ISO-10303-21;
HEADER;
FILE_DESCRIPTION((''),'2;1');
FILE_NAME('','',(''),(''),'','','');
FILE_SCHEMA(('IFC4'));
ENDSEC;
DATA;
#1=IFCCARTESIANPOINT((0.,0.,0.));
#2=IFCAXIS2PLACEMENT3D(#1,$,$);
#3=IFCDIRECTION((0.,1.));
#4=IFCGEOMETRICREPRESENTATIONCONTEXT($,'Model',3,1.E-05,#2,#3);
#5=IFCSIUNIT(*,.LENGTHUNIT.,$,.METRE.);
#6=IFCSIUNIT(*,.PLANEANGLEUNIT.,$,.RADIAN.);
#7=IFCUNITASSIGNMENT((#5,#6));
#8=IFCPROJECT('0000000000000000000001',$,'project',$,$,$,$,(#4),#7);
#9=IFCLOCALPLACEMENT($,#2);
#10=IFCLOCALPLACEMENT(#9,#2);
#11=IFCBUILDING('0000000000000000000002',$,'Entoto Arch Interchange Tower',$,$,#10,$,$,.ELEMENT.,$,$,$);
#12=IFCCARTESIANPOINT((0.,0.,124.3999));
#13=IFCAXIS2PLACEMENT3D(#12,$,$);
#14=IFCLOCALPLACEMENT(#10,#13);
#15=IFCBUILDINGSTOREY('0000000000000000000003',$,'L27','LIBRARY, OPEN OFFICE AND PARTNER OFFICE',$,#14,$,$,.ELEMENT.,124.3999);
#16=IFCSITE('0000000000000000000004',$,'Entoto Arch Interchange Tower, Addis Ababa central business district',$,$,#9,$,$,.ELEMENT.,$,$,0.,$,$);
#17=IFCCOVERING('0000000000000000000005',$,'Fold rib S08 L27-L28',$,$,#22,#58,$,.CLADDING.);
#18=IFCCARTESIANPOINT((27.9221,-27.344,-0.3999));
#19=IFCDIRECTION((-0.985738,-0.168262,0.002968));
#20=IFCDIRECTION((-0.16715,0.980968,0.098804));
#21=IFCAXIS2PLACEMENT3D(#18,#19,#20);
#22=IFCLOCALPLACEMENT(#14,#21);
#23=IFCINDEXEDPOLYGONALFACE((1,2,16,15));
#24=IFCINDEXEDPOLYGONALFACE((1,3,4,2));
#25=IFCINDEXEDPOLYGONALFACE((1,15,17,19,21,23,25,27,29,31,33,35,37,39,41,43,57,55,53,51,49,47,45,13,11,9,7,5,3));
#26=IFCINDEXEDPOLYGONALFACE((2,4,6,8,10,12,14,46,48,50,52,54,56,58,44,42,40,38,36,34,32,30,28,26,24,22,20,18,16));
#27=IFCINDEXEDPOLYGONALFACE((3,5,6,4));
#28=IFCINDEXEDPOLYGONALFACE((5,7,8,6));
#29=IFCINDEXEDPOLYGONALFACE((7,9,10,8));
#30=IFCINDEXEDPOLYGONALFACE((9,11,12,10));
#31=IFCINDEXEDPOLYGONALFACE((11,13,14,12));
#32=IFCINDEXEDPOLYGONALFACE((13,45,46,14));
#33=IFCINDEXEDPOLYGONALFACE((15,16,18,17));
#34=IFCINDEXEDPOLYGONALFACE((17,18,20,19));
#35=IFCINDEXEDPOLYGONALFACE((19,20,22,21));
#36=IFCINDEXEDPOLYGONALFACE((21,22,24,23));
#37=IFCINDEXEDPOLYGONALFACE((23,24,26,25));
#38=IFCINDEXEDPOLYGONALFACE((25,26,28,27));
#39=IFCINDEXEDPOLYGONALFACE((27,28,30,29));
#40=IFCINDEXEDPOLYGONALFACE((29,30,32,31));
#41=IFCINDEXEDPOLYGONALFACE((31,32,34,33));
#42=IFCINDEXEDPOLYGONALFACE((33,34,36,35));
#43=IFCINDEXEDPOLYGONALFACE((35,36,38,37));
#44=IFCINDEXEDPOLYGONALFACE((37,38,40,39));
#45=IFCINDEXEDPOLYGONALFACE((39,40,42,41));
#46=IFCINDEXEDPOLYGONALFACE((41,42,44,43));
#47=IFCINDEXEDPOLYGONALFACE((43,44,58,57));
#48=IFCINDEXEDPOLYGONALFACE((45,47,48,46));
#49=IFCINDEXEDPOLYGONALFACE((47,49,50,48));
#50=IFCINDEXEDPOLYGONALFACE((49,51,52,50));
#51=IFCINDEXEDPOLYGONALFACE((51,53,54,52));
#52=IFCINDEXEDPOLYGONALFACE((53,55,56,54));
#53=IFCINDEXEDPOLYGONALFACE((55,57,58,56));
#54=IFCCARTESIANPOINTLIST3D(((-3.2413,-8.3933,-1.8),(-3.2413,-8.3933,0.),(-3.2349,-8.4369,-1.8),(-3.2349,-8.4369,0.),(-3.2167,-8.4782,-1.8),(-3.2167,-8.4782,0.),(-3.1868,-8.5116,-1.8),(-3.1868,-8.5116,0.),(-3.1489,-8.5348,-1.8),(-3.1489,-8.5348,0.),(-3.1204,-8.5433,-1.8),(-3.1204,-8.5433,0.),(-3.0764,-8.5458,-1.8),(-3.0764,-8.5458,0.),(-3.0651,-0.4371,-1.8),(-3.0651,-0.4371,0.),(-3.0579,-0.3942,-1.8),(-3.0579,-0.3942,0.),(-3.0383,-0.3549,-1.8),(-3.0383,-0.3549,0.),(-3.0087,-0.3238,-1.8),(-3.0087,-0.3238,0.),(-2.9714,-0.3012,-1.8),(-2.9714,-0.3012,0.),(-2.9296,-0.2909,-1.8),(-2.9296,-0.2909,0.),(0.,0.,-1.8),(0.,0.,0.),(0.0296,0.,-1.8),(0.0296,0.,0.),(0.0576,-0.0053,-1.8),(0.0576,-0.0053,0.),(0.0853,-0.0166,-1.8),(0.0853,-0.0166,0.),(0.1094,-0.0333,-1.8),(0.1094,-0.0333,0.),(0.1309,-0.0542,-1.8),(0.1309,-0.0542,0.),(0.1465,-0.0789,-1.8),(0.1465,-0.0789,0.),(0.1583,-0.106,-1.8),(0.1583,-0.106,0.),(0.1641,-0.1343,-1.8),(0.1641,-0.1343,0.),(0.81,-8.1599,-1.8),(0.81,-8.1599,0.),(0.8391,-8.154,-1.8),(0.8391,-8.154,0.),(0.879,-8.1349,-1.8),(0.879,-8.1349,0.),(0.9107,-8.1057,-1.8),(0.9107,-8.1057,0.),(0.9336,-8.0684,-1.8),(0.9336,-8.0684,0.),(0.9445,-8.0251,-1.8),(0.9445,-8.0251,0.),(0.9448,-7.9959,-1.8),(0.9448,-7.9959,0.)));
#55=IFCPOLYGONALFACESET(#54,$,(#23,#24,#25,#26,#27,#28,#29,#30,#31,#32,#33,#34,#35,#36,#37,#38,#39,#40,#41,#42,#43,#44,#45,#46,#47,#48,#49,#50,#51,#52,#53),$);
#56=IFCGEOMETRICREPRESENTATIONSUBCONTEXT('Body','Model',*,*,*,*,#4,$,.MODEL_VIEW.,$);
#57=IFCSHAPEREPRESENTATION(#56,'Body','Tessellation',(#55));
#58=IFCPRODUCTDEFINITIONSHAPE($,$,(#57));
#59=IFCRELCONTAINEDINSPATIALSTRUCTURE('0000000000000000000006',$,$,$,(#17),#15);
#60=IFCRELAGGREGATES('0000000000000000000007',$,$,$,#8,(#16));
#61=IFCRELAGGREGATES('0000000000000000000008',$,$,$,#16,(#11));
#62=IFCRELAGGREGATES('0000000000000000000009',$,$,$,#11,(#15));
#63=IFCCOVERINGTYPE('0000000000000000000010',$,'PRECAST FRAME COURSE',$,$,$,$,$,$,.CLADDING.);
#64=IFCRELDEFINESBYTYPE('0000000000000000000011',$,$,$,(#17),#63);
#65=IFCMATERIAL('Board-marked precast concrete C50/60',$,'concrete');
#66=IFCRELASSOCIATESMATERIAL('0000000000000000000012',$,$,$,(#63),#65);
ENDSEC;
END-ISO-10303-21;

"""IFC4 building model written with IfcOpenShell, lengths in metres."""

from ifc_helpers import new_model, si_unit, direction, frame, origin, place, context, subcontext, project, spatial, polyline, outline, extrude, material, type_object, element, save


model = new_model("IFC4")

# Units and contexts
model_context = context("Model", 3, precision=1e-05, world=origin(), true_north=direction((0.0, 1.0)))
body_context = subcontext(model_context, "Body", "Model", "MODEL_VIEW")
ifc_project = project(units=[si_unit("LENGTHUNIT", "METRE"), si_unit("PLANEANGLEUNIT", "RADIAN")], contexts=[model_context])

# Site, building, storey
site_placement = place(None, origin())
site = spatial("IfcSite", under=ifc_project, at=site_placement, Name="Entoto Arch Interchange Tower, Addis Ababa central business district", CompositionType="ELEMENT", RefElevation=0.0)
building_placement = place(site_placement, origin())
building = spatial("IfcBuilding", under=site, at=building_placement, Name="Entoto Arch Interchange Tower", CompositionType="ELEMENT")
storey_placement = place(building_placement, frame((0.0, 0.0, 124.3999)))
storey = spatial("IfcBuildingStorey", under=building, at=storey_placement, Name="L27", Description="LIBRARY, OPEN OFFICE AND PARTNER OFFICE", CompositionType="ELEMENT", Elevation=124.3999)

# Covering
ifc_material_1 = material(Name="Board-marked precast concrete C50/60", Category="concrete")
covering_type = type_object("IfcCoveringType", Name="PRECAST FRAME COURSE", PredefinedType="CLADDING", material=ifc_material_1)
covering_1_placement = place(storey_placement, frame((27.9221, -27.344, -0.3999), z_axis=(-0.985738, -0.168262, 0.002968), x_axis=(-0.16715, 0.980968, 0.098804)))
element("IfcCovering", 1, at=covering_1_placement, inside=storey, type_object=covering_type, Name="Fold rib S08 L27-L28", PredefinedType="CLADDING", context=body_context, shape_type="SweptSolid", body=[
    extrude(outline(polyline([(0.0, 0.0), (0.0296, 0.0), (0.0576, -0.0053), (0.0853, -0.0166), (0.1094, -0.0333), (0.1309, -0.0542), (0.1465, -0.0789), (0.1583, -0.106), (0.1641, -0.1343), (0.9448, -7.9959), (0.9445, -8.0251), (0.9336, -8.0684), (0.9107, -8.1057), (0.879, -8.1349), (0.8391, -8.154), (0.81, -8.1599), (-3.0764, -8.5458), (-3.1204, -8.5433), (-3.1489, -8.5348), (-3.1868, -8.5116), (-3.2167, -8.4782), (-3.2349, -8.4369), (-3.2413, -8.3933), (-3.0651, -0.4371), (-3.0579, -0.3942), (-3.0383, -0.3549), (-3.0087, -0.3238), (-2.9714, -0.3012), (-2.9296, -0.2909), (0.0, 0.0)])), origin(), (0.0, 0.0, -1.0), 1.8),
])

save(model, "model.ifc")
